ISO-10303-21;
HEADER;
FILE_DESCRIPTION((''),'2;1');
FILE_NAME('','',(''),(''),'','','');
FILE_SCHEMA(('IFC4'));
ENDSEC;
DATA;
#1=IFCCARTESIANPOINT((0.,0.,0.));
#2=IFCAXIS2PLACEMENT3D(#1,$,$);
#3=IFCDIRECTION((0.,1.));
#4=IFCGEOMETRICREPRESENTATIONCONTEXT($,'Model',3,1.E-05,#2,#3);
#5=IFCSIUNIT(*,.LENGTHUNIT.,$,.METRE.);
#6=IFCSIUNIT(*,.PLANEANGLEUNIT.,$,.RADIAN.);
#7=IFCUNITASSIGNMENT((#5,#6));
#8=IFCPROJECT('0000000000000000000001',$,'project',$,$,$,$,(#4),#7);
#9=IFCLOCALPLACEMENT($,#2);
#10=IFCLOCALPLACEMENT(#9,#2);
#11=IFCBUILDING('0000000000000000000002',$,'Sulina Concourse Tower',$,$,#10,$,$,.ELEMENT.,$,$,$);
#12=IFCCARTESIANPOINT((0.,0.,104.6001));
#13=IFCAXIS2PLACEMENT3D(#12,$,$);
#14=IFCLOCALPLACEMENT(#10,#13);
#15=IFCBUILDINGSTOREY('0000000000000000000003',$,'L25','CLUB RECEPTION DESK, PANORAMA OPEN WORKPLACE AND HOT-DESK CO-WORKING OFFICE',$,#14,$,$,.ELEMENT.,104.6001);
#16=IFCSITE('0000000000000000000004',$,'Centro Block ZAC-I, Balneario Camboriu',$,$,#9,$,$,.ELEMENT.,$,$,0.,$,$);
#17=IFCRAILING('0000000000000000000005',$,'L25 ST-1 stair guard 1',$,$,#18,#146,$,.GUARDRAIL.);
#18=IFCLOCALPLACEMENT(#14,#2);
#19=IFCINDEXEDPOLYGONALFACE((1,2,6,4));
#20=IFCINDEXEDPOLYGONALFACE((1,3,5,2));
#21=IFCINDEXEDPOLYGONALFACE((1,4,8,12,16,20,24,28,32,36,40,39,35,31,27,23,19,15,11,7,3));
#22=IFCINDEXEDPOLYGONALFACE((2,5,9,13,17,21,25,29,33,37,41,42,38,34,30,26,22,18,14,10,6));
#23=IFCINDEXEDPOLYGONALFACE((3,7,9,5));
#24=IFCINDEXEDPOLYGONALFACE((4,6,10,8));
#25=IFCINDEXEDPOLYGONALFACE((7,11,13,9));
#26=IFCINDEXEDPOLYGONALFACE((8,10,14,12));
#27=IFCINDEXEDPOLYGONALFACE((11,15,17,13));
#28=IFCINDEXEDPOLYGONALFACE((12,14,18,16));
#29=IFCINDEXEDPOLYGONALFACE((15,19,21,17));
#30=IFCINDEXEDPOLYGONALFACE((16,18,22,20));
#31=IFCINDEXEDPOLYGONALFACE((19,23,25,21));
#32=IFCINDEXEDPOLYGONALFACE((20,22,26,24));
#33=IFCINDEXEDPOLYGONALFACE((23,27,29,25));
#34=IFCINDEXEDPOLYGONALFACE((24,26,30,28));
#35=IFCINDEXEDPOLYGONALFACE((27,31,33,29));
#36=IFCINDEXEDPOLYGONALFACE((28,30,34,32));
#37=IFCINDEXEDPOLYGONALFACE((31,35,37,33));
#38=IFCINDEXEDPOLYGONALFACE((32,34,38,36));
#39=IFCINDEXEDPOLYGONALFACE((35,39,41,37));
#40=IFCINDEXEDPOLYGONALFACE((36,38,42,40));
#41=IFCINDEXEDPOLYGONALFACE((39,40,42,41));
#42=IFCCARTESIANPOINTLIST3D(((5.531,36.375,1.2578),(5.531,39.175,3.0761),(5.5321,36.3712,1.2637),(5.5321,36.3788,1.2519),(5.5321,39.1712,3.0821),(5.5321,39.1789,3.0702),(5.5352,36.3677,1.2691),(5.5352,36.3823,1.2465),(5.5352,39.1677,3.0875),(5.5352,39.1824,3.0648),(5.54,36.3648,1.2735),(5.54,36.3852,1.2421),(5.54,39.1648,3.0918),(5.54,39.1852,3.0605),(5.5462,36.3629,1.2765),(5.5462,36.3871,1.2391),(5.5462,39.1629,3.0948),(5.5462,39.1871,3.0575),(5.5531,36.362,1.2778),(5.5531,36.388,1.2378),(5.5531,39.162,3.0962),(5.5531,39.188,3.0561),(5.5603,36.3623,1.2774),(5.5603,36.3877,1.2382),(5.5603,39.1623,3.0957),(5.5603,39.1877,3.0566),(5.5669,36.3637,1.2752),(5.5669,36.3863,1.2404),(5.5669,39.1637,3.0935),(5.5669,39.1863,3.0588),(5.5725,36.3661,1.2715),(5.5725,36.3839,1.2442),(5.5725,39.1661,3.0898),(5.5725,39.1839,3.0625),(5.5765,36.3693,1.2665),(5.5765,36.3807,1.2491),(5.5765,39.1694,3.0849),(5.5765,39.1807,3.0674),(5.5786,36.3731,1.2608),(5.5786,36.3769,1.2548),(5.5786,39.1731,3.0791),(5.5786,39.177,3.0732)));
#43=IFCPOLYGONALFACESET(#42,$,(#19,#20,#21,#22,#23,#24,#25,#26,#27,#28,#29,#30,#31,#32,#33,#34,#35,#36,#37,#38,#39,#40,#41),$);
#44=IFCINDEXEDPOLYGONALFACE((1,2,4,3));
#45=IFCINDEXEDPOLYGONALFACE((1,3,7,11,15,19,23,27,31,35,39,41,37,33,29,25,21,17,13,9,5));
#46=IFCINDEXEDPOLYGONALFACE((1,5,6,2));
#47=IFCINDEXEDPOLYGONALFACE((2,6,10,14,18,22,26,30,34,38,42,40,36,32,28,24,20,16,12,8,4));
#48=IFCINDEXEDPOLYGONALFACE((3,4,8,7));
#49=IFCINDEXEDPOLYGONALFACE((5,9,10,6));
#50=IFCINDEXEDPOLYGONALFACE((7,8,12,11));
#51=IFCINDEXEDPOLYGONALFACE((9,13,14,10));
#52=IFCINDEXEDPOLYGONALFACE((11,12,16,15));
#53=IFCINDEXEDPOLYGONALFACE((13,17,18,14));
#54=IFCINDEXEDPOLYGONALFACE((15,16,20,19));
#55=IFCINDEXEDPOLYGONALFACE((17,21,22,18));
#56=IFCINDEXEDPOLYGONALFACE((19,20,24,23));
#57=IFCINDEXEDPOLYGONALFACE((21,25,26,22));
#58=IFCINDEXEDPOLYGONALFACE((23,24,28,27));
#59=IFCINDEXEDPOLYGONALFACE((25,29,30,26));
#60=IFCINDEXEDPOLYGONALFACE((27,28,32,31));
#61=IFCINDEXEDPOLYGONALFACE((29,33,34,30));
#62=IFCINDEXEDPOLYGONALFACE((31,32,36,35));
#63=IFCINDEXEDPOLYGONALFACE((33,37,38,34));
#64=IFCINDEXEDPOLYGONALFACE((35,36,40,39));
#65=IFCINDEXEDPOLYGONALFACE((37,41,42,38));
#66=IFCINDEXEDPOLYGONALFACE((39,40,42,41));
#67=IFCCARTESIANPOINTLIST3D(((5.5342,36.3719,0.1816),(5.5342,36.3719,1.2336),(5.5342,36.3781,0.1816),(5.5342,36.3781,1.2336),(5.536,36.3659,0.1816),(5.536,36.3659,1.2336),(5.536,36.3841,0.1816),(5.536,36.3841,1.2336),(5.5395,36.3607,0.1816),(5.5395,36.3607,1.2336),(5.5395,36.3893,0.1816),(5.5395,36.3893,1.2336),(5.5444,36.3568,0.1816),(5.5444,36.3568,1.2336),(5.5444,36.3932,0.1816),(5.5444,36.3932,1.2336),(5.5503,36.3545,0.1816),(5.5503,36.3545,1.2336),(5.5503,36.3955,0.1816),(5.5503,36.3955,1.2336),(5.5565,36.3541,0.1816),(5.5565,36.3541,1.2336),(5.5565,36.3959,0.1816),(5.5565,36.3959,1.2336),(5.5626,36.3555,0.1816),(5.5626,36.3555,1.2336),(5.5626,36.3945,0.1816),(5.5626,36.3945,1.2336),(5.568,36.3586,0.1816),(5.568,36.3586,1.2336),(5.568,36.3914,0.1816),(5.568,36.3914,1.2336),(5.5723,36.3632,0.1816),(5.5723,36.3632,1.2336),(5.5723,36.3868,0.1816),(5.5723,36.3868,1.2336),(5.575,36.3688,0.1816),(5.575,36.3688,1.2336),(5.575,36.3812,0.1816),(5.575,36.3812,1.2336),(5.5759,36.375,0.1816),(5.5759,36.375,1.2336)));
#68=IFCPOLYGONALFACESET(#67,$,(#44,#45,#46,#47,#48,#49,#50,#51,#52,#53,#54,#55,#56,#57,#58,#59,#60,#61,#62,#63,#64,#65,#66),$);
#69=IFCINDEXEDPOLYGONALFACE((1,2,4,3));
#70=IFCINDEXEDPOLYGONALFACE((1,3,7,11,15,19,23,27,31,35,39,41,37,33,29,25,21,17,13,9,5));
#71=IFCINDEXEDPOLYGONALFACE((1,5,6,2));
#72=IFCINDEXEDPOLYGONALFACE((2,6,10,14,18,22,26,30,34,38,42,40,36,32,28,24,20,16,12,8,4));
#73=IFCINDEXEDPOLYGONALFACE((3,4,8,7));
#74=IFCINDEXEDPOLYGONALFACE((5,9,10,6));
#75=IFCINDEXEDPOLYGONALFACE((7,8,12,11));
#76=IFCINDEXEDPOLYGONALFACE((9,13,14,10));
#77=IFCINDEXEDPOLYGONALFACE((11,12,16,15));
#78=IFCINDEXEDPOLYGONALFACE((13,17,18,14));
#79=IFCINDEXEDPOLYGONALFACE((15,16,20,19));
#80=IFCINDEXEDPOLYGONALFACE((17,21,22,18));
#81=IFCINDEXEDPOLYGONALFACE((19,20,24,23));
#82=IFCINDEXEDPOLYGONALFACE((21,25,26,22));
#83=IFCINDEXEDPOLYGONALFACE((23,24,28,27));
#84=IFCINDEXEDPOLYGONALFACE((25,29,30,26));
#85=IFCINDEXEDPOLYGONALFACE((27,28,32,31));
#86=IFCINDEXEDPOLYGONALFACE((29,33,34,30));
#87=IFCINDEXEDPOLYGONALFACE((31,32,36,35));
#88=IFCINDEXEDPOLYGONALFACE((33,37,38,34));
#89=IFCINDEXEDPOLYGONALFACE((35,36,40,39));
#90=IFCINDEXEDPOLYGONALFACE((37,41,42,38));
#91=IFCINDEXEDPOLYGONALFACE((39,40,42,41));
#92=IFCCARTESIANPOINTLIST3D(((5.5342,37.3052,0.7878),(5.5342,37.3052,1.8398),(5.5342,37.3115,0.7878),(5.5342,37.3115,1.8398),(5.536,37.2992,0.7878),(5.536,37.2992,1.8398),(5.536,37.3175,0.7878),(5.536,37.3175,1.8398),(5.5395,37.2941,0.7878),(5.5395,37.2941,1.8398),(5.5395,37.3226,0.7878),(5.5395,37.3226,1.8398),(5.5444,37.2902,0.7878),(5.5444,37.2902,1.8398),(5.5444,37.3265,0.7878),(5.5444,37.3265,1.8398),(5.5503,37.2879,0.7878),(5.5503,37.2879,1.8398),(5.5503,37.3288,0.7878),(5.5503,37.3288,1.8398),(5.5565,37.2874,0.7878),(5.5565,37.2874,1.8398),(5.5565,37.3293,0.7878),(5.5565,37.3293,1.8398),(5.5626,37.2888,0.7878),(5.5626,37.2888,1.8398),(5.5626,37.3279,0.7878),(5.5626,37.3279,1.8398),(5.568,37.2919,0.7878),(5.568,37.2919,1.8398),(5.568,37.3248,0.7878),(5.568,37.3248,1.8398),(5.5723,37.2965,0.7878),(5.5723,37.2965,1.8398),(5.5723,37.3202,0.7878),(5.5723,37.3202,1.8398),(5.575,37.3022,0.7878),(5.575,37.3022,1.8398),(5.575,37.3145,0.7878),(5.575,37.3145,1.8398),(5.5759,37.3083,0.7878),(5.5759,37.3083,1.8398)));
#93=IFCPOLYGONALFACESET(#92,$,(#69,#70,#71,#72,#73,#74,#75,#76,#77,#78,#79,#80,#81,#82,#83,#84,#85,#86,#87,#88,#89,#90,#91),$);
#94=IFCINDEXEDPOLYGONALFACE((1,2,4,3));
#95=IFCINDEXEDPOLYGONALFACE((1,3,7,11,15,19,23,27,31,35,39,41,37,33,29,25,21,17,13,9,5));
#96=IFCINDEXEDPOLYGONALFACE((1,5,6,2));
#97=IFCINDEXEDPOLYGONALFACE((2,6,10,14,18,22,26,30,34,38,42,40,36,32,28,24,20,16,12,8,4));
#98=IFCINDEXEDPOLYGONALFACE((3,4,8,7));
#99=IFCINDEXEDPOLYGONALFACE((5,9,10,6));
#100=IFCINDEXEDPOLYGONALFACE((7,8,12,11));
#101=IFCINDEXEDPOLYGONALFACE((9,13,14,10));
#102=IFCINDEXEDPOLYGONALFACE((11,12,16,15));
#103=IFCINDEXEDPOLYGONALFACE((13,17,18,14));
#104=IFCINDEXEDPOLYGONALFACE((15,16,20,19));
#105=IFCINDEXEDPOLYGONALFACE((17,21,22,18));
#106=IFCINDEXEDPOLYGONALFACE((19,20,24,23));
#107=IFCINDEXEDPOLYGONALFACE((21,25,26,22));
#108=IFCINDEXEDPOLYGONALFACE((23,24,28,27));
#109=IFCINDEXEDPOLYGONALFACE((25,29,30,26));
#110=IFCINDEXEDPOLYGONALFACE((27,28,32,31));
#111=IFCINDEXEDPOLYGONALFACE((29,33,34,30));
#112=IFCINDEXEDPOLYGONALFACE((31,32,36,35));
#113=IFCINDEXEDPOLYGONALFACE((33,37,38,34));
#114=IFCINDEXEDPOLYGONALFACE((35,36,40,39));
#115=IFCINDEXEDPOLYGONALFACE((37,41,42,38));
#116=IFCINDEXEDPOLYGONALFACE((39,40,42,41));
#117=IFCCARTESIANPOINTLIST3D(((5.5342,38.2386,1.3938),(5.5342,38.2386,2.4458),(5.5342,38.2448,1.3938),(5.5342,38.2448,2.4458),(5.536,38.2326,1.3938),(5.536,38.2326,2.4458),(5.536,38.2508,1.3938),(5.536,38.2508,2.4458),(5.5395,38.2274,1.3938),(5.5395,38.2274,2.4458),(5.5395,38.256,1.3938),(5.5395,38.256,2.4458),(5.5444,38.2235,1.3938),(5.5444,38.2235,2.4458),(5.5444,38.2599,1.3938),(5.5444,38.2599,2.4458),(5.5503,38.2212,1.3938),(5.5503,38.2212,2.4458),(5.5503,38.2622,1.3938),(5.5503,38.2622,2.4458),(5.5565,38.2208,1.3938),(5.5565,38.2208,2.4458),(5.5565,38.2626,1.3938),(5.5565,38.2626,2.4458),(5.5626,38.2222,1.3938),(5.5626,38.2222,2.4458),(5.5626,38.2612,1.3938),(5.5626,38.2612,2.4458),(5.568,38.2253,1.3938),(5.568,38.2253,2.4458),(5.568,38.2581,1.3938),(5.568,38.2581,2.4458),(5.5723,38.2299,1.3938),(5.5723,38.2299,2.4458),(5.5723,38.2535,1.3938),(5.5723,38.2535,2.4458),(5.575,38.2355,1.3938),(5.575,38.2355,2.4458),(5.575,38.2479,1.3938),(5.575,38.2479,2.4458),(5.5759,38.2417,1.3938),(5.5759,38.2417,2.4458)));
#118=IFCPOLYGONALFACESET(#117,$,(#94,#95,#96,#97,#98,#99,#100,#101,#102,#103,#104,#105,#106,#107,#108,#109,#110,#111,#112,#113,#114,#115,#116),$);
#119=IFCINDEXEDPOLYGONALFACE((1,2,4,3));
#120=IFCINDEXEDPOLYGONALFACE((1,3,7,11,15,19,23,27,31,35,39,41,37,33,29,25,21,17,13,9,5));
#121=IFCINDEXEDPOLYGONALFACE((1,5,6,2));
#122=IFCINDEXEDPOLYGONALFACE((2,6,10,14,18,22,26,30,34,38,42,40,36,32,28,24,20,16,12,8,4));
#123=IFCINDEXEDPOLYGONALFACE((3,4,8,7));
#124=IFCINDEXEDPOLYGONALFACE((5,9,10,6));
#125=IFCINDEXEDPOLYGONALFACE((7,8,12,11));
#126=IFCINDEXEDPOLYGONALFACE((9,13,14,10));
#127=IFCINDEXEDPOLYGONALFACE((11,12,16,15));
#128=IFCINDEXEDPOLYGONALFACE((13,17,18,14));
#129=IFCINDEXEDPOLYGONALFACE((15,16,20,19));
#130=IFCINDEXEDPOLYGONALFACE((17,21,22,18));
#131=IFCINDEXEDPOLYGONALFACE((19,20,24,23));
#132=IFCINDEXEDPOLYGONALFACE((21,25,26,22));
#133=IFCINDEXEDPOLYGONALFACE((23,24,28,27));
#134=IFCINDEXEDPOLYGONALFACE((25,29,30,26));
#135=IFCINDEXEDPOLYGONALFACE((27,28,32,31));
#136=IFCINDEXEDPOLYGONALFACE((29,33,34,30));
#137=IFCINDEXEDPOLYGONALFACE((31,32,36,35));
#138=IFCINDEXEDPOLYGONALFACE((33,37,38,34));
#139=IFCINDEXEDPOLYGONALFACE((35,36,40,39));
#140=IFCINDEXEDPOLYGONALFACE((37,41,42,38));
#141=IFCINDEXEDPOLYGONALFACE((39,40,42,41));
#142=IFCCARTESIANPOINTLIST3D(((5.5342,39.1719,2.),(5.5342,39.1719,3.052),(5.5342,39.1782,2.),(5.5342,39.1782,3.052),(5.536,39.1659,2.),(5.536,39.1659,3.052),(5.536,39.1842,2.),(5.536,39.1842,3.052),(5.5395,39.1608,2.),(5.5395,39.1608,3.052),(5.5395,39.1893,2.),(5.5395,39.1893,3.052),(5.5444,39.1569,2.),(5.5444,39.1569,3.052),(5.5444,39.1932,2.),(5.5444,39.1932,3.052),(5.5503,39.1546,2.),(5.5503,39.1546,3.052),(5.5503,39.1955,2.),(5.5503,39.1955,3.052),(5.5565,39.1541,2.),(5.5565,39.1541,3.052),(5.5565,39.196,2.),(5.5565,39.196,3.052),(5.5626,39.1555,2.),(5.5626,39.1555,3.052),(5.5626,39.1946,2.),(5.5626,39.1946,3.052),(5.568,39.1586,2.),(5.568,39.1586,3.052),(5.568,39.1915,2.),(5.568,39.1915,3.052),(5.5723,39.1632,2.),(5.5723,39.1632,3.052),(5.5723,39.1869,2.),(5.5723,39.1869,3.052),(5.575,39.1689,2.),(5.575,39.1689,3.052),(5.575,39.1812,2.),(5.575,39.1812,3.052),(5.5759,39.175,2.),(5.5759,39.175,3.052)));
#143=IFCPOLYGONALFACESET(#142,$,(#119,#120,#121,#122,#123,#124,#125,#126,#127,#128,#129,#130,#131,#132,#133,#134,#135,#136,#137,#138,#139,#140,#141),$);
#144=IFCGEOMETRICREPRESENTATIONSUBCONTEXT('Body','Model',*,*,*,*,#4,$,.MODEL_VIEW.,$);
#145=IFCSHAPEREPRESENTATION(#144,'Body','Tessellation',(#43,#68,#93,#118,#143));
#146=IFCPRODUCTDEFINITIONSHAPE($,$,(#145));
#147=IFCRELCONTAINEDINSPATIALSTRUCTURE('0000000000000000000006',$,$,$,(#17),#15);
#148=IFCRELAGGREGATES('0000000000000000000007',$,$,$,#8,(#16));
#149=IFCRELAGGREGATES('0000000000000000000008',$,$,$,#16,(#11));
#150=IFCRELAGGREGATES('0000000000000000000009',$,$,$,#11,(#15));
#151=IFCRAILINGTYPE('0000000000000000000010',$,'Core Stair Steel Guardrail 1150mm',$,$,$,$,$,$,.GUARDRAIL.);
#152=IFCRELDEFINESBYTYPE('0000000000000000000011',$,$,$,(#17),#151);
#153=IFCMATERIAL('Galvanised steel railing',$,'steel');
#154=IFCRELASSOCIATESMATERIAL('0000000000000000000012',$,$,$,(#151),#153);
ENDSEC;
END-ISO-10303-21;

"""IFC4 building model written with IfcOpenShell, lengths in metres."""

from ifc_helpers import new_model, si_unit, direction, frame, origin, origin_2d, place, context, subcontext, project, spatial, circle, extrude, material, type_object, element, save


model = new_model("IFC4")

# Units and contexts
model_context = context("Model", 3, precision=1e-05, world=origin(), true_north=direction((0.0, 1.0)))
body_context = subcontext(model_context, "Body", "Model", "MODEL_VIEW")
ifc_project = project(units=[si_unit("LENGTHUNIT", "METRE"), si_unit("PLANEANGLEUNIT", "RADIAN")], contexts=[model_context])

# Site, building, storey
site_placement = place(None, origin())
site = spatial("IfcSite", under=ifc_project, at=site_placement, Name="Centro Block ZAC-I, Balneario Camboriu", CompositionType="ELEMENT", RefElevation=0.0)
building_placement = place(site_placement, origin())
building = spatial("IfcBuilding", under=site, at=building_placement, Name="Sulina Concourse Tower", CompositionType="ELEMENT")
storey_placement = place(building_placement, frame((0.0, 0.0, 104.6001)))
storey = spatial("IfcBuildingStorey", under=building, at=storey_placement, Name="L25", Description="CLUB RECEPTION DESK, PANORAMA OPEN WORKPLACE AND HOT-DESK CO-WORKING OFFICE", CompositionType="ELEMENT", Elevation=104.6001)

# Railing
ifc_material_1 = material(Name="Galvanised steel railing", Category="steel")
railing_type_1 = type_object("IfcRailingType", Name="Core Stair Steel Guardrail 1150mm", PredefinedType="GUARDRAIL", material=ifc_material_1)
railing_1_placement = place(storey_placement, frame((5.5549, 36.375, 0.1816)))
element("IfcRailing", 1, at=railing_1_placement, inside=storey, type_object=railing_type_1, Name="L25 ST-1 stair guard 1", PredefinedType="GUARDRAIL", context=body_context, shape_type="SweptSolid", body=[
    extrude(circle(Radius=0.0239, at=origin_2d()), frame((0.0, 0.0, 1.0762), z_axis=(0.0, 0.838672, 0.544636), x_axis=(-1.0, 0.0, 0.0)), (0.0, 0.0, 1.0), 3.3386),
    extrude(circle(Radius=0.021, at=origin_2d()), origin(), (0.0, 0.0, 1.0), 1.052),
    extrude(circle(Radius=0.021, at=origin_2d()), frame((0.0, 0.9333, 0.6062)), (0.0, 0.0, 1.0), 1.052),
    extrude(circle(Radius=0.021, at=origin_2d()), frame((0.0, 1.8667, 1.2122)), (0.0, 0.0, 1.0), 1.052),
    extrude(circle(Radius=0.021, at=origin_2d()), frame((0.0, 2.8, 1.8184)), (0.0, 0.0, 1.0), 1.052),
])

save(model, "model.ifc")
